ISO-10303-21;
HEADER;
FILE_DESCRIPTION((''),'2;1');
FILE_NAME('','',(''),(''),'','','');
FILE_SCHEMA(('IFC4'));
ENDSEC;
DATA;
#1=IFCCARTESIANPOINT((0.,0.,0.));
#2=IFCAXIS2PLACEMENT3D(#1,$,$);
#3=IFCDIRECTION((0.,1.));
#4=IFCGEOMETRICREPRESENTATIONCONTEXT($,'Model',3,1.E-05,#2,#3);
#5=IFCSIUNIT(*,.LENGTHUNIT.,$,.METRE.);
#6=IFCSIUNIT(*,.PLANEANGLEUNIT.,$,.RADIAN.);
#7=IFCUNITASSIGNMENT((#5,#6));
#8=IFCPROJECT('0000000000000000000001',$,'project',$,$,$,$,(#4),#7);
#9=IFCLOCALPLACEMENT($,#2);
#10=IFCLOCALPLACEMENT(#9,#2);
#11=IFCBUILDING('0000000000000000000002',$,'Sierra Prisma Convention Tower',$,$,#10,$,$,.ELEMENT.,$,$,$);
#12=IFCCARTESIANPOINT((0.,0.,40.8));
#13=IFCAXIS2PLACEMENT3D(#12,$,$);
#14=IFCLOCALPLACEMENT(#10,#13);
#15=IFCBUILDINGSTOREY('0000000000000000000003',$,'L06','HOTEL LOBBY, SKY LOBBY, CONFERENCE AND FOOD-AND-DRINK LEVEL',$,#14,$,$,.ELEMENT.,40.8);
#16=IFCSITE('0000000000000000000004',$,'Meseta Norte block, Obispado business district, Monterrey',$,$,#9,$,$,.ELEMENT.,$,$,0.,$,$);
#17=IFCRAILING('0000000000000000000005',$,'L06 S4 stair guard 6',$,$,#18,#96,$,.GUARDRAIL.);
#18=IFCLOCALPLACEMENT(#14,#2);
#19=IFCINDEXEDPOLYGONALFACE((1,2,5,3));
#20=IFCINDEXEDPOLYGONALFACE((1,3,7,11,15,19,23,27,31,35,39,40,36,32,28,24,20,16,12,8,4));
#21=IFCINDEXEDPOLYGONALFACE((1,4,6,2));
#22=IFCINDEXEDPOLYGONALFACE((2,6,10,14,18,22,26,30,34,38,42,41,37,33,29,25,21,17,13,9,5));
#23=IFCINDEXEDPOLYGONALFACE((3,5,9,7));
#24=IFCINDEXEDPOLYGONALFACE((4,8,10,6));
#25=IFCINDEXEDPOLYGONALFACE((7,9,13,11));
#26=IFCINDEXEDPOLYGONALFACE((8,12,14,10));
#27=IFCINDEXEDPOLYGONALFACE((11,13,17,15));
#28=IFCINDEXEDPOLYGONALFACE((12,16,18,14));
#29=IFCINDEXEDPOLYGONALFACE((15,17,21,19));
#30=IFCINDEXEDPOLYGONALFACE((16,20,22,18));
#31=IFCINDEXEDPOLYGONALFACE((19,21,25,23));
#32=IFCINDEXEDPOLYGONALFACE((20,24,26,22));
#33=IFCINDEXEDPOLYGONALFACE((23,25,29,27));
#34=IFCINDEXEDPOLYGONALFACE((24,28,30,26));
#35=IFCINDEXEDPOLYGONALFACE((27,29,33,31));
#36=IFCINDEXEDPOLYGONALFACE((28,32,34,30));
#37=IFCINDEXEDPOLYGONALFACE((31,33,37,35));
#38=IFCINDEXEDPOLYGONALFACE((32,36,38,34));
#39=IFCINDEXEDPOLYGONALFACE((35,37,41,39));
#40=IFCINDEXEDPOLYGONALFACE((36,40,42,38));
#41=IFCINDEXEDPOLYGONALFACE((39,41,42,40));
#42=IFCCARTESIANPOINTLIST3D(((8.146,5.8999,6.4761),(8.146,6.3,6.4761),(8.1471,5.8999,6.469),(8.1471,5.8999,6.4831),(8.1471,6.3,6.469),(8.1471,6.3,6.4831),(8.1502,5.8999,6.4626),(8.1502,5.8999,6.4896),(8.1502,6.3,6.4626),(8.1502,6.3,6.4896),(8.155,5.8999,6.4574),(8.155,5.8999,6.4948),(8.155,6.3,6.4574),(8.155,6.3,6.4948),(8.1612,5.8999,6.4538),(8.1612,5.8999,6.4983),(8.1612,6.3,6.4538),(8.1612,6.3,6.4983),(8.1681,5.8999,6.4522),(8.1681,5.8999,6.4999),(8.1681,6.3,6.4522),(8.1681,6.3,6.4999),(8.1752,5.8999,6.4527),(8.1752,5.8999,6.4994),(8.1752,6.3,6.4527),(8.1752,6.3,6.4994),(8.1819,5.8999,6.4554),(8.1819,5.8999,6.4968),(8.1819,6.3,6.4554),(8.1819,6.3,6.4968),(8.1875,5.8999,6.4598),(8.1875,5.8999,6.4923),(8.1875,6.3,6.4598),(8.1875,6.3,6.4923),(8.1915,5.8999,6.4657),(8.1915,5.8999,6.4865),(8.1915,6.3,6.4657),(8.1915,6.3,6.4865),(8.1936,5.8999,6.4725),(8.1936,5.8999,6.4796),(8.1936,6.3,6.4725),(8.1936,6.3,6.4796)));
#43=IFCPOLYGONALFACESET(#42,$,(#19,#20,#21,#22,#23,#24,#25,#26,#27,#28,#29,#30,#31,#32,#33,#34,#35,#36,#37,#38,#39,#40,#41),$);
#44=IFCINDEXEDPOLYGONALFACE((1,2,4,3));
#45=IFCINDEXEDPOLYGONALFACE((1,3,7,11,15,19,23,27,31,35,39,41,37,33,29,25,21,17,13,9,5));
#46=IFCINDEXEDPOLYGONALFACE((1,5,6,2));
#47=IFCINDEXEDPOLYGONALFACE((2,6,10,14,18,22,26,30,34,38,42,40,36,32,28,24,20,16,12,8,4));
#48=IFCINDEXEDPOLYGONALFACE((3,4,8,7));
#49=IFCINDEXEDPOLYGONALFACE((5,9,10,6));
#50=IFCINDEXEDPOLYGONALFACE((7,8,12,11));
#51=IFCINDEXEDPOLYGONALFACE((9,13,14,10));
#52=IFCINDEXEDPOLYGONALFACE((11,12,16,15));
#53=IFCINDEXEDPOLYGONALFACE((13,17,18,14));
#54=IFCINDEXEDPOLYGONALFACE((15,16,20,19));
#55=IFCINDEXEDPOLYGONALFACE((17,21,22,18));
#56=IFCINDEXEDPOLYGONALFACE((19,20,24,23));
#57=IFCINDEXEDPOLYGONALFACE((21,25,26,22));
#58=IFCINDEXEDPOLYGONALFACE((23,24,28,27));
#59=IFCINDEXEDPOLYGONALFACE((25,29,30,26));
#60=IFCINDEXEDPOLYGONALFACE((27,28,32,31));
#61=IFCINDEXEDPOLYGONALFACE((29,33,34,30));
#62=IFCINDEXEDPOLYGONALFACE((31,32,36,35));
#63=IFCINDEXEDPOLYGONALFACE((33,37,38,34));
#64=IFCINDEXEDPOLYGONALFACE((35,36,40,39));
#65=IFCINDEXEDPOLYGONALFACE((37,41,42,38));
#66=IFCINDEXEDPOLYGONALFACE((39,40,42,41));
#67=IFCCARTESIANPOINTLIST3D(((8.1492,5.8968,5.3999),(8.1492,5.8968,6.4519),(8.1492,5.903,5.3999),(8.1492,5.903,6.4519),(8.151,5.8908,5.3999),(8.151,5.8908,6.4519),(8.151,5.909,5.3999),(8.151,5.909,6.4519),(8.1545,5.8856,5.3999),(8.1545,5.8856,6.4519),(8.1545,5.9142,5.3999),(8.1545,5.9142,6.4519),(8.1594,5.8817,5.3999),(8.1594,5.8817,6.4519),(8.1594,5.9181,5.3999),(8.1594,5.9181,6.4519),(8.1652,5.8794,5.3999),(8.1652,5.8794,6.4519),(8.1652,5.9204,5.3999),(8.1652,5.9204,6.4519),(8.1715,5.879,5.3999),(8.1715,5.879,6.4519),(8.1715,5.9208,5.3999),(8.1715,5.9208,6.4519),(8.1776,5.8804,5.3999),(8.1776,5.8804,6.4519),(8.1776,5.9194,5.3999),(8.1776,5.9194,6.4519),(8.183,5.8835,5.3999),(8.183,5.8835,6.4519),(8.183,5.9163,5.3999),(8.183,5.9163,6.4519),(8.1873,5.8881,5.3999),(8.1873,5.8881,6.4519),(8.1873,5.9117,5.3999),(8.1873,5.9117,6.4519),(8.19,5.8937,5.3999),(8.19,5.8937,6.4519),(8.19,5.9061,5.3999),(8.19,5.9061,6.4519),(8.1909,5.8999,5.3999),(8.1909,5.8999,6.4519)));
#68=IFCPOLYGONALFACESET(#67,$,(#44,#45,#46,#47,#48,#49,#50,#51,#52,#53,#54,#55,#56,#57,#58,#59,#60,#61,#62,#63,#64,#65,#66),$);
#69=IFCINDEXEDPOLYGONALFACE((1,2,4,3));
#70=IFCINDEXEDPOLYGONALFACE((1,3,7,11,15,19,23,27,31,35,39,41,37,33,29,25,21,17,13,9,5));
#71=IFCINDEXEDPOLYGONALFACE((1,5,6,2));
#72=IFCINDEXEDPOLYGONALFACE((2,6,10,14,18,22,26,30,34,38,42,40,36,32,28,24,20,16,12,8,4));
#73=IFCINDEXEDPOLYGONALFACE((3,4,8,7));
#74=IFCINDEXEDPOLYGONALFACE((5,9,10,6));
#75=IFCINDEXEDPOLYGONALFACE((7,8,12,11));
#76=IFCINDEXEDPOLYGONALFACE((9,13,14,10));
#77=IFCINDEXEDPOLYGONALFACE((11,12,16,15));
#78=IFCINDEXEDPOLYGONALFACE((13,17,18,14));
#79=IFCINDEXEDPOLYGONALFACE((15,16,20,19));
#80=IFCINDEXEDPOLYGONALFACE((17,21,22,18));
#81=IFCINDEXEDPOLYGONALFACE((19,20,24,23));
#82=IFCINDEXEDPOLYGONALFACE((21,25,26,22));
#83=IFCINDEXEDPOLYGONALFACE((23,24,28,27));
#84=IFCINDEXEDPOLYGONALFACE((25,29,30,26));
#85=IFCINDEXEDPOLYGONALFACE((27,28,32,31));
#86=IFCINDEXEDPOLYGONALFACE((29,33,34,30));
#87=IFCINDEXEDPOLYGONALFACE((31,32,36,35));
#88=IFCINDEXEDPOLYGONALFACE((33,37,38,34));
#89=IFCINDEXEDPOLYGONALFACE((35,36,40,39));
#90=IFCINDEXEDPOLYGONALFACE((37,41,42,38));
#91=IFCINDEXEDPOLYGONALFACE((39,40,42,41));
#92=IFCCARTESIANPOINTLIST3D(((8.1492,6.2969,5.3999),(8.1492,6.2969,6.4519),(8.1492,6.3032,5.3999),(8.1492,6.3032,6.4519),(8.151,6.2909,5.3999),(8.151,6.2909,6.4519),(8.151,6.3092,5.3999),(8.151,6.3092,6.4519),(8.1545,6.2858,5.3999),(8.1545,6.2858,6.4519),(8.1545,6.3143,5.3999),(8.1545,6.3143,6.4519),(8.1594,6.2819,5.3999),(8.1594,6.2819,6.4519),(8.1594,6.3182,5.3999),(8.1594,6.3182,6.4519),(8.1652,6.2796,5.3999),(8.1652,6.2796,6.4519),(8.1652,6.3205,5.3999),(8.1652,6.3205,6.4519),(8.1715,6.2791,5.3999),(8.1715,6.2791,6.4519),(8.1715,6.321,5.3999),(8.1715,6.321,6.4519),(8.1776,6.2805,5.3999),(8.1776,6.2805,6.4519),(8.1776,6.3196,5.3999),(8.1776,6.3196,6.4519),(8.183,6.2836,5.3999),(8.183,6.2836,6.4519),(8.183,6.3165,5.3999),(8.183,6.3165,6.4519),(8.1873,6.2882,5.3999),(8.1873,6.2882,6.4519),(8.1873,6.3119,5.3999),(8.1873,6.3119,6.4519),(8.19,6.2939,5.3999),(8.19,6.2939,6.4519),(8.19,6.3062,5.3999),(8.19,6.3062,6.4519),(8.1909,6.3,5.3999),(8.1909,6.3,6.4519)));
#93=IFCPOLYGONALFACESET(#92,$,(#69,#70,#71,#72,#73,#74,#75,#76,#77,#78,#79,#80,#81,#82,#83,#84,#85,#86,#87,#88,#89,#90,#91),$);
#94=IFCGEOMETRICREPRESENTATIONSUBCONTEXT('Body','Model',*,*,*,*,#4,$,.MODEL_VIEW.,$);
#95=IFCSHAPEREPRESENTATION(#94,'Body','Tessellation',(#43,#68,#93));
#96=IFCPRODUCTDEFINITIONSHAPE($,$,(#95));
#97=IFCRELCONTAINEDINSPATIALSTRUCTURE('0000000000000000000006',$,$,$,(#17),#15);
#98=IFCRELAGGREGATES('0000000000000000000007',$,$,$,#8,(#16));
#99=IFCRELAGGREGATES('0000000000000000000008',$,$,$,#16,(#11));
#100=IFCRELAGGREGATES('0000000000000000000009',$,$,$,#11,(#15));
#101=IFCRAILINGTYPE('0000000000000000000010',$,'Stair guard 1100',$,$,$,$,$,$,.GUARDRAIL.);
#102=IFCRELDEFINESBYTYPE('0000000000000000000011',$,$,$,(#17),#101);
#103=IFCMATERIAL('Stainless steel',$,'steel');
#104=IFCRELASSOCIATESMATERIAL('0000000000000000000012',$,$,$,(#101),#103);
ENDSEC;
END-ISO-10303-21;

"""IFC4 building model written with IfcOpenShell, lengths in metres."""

from ifc_helpers import new_model, si_unit, direction, frame, origin, origin_2d, place, context, subcontext, project, spatial, circle, extrude, material, type_object, element, save


model = new_model("IFC4")

# Units and contexts
model_context = context("Model", 3, precision=1e-05, world=origin(), true_north=direction((0.0, 1.0)))
body_context = subcontext(model_context, "Body", "Model", "MODEL_VIEW")
ifc_project = project(units=[si_unit("LENGTHUNIT", "METRE"), si_unit("PLANEANGLEUNIT", "RADIAN")], contexts=[model_context])

# Site, building, storey
site_placement = place(None, origin())
site = spatial("IfcSite", under=ifc_project, at=site_placement, Name="Meseta Norte block, Obispado business district, Monterrey", CompositionType="ELEMENT", RefElevation=0.0)
building_placement = place(site_placement, origin())
building = spatial("IfcBuilding", under=site, at=building_placement, Name="Sierra Prisma Convention Tower", CompositionType="ELEMENT")
storey_placement = place(building_placement, frame((0.0, 0.0, 40.8)))
storey = spatial("IfcBuildingStorey", under=building, at=storey_placement, Name="L06", Description="HOTEL LOBBY, SKY LOBBY, CONFERENCE AND FOOD-AND-DRINK LEVEL", CompositionType="ELEMENT", Elevation=40.8)

# Railing
ifc_material_1 = material(Name="Stainless steel", Category="steel")
railing_type_1 = type_object("IfcRailingType", Name="Stair guard 1100", PredefinedType="GUARDRAIL", material=ifc_material_1)
railing_1_placement = place(storey_placement, frame((8.1699, 5.8999, 5.3999)))
element("IfcRailing", 1, at=railing_1_placement, inside=storey, type_object=railing_type_1, Name="L06 S4 stair guard 6", PredefinedType="GUARDRAIL", context=body_context, shape_type="SweptSolid", body=[
    extrude(circle(Radius=0.0239, at=origin_2d()), frame((0.0, 0.0, 1.0762), z_axis=(0.0, 1.0, 0.0), x_axis=(-1.0, 0.0, 0.0)), (0.0, 0.0, 1.0), 0.4001),
    extrude(circle(Radius=0.021, at=origin_2d()), origin(), (0.0, 0.0, 1.0), 1.052),
    extrude(circle(Radius=0.021, at=origin_2d()), frame((0.0, 0.4001, 0.0)), (0.0, 0.0, 1.0), 1.052),
])

save(model, "model.ifc")
